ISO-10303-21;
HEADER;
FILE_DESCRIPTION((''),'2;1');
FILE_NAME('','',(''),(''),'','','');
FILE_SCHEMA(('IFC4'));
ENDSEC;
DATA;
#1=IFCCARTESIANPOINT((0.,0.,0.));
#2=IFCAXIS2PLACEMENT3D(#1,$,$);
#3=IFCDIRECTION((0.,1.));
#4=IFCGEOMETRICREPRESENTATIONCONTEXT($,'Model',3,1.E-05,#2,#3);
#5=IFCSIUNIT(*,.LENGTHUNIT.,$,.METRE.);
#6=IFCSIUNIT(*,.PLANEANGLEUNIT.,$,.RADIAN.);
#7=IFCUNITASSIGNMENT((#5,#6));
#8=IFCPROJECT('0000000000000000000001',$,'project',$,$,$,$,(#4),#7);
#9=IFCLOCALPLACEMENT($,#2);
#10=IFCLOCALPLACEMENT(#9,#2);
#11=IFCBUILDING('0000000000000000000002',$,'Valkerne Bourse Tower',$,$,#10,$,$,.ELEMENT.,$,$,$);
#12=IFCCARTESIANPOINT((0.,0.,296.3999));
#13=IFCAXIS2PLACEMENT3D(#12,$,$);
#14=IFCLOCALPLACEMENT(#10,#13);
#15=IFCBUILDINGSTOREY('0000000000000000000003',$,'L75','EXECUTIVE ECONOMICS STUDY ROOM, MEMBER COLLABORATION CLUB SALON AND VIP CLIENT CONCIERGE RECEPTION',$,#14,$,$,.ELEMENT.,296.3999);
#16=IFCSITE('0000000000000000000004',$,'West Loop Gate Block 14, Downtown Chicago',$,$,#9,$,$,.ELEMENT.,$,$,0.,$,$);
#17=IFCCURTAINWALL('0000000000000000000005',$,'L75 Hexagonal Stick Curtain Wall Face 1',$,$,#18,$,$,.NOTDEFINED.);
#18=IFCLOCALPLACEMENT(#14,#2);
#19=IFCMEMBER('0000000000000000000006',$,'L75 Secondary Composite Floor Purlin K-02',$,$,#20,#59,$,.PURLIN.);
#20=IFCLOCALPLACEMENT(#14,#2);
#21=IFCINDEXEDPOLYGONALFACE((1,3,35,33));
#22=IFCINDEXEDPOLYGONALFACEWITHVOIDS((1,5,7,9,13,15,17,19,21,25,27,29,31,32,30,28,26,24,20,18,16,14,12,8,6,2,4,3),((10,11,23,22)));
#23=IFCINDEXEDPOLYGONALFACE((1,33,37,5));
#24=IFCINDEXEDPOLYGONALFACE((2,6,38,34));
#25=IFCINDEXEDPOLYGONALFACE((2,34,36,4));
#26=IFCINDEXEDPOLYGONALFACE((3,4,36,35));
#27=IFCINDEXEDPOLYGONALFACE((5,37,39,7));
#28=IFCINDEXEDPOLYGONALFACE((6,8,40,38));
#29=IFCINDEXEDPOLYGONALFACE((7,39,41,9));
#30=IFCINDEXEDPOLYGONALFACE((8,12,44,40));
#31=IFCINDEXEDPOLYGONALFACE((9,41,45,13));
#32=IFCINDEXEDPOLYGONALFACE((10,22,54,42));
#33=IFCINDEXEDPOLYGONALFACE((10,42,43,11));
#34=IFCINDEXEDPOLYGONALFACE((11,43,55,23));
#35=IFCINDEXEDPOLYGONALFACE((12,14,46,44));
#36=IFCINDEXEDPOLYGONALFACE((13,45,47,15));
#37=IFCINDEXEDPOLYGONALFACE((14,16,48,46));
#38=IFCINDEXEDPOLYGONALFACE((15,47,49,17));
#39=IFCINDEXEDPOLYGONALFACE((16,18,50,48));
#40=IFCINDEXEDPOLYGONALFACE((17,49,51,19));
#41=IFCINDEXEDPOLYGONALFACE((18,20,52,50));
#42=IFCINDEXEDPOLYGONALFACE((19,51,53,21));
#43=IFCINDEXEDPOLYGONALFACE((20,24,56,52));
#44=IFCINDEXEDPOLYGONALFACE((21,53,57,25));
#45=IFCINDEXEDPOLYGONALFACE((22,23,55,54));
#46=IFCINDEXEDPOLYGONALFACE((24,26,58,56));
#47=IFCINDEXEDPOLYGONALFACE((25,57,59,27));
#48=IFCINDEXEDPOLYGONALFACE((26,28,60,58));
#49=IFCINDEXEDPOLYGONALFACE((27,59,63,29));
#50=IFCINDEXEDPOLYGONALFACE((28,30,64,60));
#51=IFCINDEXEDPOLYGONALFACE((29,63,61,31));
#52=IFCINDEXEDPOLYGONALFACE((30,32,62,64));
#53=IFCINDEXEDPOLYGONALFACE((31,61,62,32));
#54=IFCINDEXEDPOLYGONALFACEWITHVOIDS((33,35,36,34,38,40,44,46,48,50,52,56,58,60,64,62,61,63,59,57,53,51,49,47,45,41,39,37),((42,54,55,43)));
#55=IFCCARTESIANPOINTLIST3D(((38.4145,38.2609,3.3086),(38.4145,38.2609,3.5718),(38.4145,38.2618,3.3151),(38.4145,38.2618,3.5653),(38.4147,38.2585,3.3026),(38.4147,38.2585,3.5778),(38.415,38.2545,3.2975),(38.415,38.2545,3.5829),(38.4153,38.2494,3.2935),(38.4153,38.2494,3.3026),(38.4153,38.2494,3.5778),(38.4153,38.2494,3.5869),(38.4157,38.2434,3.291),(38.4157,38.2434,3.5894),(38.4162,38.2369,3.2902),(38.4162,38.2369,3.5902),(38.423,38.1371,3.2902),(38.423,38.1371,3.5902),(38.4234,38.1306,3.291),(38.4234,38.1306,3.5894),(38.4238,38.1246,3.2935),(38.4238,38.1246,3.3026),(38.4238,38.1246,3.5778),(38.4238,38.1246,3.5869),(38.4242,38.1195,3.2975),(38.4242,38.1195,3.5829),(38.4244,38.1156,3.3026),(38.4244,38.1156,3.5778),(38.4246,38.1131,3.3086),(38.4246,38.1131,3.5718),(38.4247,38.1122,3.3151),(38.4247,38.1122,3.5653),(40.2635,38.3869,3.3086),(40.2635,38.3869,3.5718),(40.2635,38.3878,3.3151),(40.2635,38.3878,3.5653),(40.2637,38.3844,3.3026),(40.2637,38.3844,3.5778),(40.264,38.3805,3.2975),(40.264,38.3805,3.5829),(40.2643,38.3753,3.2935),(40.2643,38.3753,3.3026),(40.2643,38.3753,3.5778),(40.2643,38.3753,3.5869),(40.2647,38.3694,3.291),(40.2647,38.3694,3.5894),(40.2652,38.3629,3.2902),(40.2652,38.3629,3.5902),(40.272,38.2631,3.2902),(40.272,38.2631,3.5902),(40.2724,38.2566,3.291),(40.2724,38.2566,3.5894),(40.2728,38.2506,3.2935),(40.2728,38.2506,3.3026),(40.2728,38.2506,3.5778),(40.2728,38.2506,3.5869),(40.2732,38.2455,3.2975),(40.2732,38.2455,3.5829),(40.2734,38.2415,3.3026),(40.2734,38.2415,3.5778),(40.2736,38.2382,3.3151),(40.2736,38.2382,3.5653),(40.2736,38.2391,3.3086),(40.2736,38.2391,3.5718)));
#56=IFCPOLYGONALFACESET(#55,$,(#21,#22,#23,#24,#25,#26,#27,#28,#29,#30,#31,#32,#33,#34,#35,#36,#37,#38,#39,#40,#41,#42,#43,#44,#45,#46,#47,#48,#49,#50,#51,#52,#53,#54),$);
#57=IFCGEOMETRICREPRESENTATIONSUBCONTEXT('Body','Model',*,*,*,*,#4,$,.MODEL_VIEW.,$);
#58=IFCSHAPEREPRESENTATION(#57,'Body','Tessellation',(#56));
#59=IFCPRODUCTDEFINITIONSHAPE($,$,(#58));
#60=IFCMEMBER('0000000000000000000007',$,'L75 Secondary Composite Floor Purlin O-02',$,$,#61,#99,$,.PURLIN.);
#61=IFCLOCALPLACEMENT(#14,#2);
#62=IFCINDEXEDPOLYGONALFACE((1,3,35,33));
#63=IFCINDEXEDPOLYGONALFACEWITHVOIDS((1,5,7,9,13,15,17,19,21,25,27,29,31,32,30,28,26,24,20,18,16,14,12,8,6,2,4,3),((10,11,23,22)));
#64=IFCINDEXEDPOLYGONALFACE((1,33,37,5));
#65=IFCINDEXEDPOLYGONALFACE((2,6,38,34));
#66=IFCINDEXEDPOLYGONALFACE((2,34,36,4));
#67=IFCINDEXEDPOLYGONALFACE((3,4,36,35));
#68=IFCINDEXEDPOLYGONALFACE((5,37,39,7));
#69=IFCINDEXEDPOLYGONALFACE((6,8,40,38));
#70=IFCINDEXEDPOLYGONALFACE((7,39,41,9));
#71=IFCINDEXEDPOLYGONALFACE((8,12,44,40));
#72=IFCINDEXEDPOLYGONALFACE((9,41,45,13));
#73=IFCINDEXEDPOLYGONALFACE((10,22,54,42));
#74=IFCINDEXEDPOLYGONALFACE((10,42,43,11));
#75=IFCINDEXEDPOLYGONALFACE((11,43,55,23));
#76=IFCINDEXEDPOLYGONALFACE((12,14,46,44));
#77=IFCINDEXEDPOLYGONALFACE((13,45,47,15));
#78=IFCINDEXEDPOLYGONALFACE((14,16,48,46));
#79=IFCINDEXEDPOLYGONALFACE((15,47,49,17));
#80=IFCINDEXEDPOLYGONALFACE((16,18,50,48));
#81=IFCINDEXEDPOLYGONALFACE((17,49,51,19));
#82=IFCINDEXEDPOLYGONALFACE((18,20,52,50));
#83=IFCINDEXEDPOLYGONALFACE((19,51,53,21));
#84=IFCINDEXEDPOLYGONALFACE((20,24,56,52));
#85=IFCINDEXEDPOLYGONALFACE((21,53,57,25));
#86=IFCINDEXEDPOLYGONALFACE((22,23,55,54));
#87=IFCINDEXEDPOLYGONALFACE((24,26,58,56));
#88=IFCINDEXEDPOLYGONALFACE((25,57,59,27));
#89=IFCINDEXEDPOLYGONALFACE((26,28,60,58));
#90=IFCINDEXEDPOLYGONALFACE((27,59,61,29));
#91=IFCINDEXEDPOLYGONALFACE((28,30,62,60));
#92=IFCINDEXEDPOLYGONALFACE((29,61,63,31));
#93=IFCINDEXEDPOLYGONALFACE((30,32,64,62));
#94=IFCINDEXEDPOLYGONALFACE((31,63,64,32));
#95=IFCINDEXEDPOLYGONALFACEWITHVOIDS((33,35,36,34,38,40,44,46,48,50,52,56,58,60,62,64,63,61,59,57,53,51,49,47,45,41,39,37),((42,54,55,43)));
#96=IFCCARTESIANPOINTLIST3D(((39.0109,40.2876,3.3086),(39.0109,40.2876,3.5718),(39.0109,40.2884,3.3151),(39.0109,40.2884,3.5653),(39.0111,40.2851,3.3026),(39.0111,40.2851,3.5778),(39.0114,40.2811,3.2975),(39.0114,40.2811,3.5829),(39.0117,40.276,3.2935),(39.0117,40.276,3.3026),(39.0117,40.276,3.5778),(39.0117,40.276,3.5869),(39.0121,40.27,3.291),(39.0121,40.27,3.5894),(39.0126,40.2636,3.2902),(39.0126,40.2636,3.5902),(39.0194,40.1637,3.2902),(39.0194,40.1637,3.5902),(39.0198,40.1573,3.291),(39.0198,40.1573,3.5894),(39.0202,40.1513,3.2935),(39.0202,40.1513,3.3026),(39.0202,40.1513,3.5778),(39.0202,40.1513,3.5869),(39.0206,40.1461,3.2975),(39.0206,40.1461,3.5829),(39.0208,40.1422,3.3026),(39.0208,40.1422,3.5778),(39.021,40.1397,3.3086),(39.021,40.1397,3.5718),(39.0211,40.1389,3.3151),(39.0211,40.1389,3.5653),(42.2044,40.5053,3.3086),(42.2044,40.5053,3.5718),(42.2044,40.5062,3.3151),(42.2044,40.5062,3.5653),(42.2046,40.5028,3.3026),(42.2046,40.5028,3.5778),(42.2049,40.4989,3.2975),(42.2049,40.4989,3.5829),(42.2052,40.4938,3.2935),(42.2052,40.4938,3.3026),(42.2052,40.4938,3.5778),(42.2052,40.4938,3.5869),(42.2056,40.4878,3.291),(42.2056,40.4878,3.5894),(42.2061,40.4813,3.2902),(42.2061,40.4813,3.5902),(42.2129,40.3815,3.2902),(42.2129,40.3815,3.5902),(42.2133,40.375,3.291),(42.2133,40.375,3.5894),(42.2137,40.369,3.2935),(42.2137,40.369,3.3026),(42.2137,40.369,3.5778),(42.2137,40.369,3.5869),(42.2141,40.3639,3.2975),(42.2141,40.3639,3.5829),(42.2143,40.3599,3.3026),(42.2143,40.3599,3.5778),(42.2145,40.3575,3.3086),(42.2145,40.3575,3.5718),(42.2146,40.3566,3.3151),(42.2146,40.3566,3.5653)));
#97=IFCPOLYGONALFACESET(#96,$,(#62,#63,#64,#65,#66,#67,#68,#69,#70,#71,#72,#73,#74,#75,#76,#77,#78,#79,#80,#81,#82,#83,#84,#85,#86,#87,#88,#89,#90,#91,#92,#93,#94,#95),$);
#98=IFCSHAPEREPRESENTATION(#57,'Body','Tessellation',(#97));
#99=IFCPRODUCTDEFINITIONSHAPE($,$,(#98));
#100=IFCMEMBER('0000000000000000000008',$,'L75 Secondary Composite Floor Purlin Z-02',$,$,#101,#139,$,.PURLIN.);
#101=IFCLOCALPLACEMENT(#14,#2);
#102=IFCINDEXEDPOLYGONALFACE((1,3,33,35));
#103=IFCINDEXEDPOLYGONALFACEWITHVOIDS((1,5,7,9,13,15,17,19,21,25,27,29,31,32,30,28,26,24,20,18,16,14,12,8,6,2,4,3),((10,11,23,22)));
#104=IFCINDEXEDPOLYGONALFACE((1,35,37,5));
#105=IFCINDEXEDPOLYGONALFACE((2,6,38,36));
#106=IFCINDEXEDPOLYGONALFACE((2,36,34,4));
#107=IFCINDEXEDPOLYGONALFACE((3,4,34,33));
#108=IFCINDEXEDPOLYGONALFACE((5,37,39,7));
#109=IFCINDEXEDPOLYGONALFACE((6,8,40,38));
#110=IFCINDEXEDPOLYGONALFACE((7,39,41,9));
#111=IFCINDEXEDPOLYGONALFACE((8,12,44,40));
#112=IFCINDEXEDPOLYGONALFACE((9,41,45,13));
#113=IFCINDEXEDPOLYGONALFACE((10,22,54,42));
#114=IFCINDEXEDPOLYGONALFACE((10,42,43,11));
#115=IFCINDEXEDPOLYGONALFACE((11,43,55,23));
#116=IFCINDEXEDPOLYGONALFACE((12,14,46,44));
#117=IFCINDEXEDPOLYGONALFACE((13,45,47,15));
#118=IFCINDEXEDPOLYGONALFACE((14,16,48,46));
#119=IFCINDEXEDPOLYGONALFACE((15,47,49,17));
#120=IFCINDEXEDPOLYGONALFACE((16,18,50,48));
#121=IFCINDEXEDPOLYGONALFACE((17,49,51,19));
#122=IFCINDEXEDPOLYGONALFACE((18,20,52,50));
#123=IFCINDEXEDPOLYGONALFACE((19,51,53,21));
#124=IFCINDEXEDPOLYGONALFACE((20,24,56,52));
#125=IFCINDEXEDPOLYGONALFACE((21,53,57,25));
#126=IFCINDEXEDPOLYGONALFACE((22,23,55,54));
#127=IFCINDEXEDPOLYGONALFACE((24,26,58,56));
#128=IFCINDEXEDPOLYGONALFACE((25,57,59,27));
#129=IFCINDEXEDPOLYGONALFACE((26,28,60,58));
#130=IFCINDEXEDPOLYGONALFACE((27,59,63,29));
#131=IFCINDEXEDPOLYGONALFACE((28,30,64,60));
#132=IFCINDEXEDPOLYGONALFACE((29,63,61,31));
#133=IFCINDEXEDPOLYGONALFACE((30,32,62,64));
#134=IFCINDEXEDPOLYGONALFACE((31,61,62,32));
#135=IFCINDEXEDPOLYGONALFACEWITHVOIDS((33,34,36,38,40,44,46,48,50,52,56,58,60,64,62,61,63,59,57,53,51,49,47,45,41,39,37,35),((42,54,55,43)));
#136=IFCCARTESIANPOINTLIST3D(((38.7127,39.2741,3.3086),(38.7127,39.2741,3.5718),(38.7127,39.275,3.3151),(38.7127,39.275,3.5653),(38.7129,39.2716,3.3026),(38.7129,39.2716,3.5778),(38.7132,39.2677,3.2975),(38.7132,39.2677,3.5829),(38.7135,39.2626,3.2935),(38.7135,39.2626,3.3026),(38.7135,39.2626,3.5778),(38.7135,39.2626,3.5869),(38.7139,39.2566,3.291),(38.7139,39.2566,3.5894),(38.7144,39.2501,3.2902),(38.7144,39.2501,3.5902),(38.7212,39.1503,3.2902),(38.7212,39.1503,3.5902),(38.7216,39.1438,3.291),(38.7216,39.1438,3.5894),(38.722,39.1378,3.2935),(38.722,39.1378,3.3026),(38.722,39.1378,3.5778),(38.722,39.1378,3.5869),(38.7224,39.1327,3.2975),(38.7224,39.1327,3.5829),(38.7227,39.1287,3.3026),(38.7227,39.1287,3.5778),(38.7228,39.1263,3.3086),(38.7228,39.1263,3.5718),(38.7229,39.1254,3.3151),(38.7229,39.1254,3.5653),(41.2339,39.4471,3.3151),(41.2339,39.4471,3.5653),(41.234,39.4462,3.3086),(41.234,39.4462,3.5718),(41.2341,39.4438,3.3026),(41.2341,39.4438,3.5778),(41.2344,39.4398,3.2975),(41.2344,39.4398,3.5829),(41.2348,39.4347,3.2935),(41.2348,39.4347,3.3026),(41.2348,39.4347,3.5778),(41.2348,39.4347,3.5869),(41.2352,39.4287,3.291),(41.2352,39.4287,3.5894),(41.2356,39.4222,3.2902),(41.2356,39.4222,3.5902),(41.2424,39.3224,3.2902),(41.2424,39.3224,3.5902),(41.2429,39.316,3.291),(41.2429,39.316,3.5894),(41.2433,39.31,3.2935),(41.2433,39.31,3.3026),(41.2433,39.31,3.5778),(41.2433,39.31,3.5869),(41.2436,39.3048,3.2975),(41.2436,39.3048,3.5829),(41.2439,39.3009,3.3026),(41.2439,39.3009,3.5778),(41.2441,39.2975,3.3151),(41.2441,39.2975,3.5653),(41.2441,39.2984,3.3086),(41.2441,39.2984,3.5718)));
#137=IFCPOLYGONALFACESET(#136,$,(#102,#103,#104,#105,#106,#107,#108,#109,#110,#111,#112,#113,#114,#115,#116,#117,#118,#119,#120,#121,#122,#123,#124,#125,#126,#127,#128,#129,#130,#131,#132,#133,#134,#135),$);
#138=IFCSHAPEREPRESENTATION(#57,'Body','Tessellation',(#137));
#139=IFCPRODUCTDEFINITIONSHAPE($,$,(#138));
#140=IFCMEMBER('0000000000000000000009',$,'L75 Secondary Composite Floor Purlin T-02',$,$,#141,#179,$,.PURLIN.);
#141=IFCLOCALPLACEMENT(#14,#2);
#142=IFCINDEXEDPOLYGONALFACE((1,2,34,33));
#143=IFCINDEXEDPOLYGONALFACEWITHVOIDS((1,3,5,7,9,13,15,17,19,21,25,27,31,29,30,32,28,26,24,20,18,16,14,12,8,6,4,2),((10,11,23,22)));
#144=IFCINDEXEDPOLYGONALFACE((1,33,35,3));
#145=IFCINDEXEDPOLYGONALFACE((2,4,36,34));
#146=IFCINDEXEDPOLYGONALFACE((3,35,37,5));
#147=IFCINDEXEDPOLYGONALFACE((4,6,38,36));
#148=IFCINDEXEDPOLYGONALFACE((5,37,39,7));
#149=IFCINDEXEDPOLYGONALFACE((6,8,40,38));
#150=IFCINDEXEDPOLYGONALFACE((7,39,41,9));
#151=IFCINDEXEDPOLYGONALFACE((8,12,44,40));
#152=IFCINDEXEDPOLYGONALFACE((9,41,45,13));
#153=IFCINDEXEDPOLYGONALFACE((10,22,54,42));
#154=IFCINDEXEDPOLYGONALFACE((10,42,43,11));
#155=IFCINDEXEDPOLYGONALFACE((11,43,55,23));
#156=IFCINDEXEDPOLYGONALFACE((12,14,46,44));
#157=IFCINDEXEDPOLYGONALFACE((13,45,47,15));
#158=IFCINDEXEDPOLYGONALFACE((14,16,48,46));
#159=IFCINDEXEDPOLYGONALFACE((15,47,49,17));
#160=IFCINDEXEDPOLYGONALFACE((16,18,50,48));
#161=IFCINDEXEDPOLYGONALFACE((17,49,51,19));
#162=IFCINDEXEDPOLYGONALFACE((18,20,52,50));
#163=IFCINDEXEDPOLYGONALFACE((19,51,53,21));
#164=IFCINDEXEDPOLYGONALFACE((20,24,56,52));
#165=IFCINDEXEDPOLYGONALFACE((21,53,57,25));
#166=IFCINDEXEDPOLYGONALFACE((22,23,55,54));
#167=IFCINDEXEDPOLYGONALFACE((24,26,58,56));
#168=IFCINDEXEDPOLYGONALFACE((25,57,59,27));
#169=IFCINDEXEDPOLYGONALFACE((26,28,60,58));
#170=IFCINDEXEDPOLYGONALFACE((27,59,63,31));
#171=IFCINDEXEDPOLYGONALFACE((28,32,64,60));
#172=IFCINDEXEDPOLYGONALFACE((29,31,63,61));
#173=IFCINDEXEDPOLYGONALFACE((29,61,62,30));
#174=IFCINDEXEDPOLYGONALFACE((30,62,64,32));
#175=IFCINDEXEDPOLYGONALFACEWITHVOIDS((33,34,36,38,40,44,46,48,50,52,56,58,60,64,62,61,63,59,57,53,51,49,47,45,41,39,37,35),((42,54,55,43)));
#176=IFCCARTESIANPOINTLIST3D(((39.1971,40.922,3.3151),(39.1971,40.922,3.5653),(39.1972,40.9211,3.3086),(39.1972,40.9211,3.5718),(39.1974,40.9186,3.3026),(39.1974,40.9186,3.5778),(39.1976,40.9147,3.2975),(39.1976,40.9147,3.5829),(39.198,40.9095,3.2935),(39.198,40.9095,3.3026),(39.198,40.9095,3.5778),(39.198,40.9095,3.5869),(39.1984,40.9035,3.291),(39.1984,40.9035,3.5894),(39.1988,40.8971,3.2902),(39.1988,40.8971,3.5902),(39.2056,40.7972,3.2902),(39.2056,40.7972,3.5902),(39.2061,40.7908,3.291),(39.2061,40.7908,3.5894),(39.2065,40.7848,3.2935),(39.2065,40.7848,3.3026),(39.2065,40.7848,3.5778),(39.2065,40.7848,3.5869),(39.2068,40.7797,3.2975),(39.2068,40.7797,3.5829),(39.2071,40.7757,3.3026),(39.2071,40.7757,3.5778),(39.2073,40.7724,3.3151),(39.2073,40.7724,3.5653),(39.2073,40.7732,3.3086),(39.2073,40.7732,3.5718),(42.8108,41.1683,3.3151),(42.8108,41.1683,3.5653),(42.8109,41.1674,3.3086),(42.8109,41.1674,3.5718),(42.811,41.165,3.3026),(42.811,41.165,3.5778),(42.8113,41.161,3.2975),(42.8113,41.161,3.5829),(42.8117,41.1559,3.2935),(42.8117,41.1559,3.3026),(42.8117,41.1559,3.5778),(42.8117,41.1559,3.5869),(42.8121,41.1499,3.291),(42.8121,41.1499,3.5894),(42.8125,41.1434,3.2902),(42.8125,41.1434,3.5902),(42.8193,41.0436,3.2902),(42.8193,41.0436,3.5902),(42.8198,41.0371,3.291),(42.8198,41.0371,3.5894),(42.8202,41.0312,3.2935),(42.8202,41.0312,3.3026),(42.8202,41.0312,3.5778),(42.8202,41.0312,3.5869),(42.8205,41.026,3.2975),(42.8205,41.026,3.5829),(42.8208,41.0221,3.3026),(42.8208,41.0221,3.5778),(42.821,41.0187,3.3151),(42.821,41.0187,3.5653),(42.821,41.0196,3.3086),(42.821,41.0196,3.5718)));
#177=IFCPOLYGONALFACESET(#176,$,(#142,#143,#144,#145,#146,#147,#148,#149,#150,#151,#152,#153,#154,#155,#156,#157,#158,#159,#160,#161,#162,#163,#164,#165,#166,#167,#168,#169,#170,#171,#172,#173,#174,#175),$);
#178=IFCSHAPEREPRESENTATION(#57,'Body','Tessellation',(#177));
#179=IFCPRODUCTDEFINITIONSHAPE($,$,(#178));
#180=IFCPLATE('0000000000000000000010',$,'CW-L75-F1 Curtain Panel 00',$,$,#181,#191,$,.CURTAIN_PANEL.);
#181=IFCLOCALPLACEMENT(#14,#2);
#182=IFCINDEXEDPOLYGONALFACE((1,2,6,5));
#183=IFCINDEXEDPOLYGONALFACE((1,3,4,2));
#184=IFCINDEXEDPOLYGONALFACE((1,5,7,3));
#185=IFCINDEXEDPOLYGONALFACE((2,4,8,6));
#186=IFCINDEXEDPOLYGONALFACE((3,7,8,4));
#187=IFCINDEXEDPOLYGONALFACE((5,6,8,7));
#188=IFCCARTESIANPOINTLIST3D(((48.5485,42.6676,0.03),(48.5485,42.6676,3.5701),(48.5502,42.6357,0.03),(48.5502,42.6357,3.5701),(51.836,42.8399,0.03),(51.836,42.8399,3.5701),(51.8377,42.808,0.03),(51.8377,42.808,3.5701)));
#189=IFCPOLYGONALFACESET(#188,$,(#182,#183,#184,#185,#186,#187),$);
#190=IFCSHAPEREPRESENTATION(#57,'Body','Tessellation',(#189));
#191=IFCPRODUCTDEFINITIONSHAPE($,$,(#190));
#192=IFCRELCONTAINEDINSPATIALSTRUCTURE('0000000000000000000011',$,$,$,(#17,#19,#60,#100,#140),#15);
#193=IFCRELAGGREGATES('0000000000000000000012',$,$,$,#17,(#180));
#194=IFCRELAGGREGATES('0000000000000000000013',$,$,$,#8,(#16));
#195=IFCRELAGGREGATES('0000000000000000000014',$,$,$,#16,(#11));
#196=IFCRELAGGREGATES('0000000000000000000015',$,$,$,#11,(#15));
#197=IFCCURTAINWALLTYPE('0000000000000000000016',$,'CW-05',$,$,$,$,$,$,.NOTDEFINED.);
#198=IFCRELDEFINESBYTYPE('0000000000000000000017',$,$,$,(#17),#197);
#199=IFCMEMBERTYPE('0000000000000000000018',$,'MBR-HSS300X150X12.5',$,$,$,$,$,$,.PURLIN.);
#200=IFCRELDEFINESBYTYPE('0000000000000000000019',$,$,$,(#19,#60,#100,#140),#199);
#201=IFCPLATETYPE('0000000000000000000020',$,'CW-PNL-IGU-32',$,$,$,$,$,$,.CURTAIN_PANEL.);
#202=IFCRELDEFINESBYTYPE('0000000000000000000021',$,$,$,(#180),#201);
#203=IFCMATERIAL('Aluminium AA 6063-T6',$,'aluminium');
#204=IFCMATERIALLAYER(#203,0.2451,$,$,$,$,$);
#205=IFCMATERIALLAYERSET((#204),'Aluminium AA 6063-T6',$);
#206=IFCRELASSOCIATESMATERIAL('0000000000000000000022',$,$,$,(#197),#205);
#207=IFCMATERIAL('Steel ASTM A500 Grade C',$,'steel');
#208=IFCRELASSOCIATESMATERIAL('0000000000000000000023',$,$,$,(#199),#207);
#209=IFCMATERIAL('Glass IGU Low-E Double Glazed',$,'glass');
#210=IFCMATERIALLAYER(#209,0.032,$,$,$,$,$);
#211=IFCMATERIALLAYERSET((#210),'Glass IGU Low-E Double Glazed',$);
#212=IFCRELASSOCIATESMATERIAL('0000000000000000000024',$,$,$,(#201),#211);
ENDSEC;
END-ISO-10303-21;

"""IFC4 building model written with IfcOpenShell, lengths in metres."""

from ifc_helpers import new_model, si_unit, direction, frame, origin, origin_2d, place, context, subcontext, project, spatial, rectangle, hollow_rectangle, extrude, material, layer, layer_set, material_profile, profile_set, type_object, element, aggregate, save


model = new_model("IFC4")

# Units and contexts
model_context = context("Model", 3, precision=1e-05, world=origin(), true_north=direction((0.0, 1.0)))
body_context = subcontext(model_context, "Body", "Model", "MODEL_VIEW")
ifc_project = project(units=[si_unit("LENGTHUNIT", "METRE"), si_unit("PLANEANGLEUNIT", "RADIAN")], contexts=[model_context])

# Site, building, storey
site_placement = place(None, origin())
site = spatial("IfcSite", under=ifc_project, at=site_placement, Name="West Loop Gate Block 14, Downtown Chicago", CompositionType="ELEMENT", RefElevation=0.0)
building_placement = place(site_placement, origin())
building = spatial("IfcBuilding", under=site, at=building_placement, Name="Valkerne Bourse Tower", CompositionType="ELEMENT")
storey_placement = place(building_placement, frame((0.0, 0.0, 296.3999)))
storey = spatial("IfcBuildingStorey", under=building, at=storey_placement, Name="L75", Description="EXECUTIVE ECONOMICS STUDY ROOM, MEMBER COLLABORATION CLUB SALON AND VIP CLIENT CONCIERGE RECEPTION", CompositionType="ELEMENT", Elevation=296.3999)

# Curtain wall
ifc_material_1 = material(Name="Aluminium AA 6063-T6", Category="aluminium")
ifc_layer_1 = layer(ifc_material_1, 0.2451)
ifc_layer_set_1 = layer_set([ifc_layer_1], Name="Aluminium AA 6063-T6")
curtain_wall_type = type_object("IfcCurtainWallType", Name="CW-05", PredefinedType="NOTDEFINED", material=ifc_layer_set_1)
curtain_wall_placement = place(storey_placement, origin())
curtain_wall = element("IfcCurtainWall", 1, at=curtain_wall_placement, inside=storey, type_object=curtain_wall_type, Name="L75 Hexagonal Stick Curtain Wall Face 1", PredefinedType="NOTDEFINED")

# Members
ifc_material_2 = material(Name="Steel ASTM A500 Grade C", Category="steel")
ifc_material_profile_1 = material_profile(ifc_material_2, hollow_rectangle(XDim=0.1499, YDim=0.3, WallThickness=0.0125, OuterFilletRadius=0.0249, at=origin_2d()), Name="HSS300X150X12.5")
ifc_profile_set_1 = profile_set([ifc_material_profile_1], Name="Steel ASTM A500 Grade C")
member_type_1 = type_object("IfcMemberType", Name="MBR-HSS300X150X12.5", PredefinedType="PURLIN", material=ifc_profile_set_1)
member_1_placement = place(storey_placement, frame((40.2686, 38.313, 3.4402), z_axis=(-0.997687, -0.067979, 0.0), x_axis=(0.067979, -0.997687, 0.0)))
element("IfcMember", 2, at=member_1_placement, inside=storey, type_object=member_type_1, Name="L75 Secondary Composite Floor Purlin K-02", PredefinedType="PURLIN", context=body_context, shape_type="SweptSolid", body=[
    extrude(hollow_rectangle(XDim=0.1499, YDim=0.3, WallThickness=0.0125, OuterFilletRadius=0.0249, at=origin_2d()), origin(), (0.0, 0.0, 1.0), 1.8533),
])
member_2_placement = place(storey_placement, frame((42.2095, 40.4314, 3.4402), z_axis=(-0.997683, -0.068033, 0.0), x_axis=(0.068033, -0.997683, 0.0)))
element("IfcMember", 3, at=member_2_placement, inside=storey, type_object=member_type_1, Name="L75 Secondary Composite Floor Purlin O-02", PredefinedType="PURLIN", context=body_context, shape_type="SweptSolid", body=[
    extrude(hollow_rectangle(XDim=0.1499, YDim=0.3, WallThickness=0.0125, OuterFilletRadius=0.0249, at=origin_2d()), origin(), (0.0, 0.0, 1.0), 3.2009),
])
member_3_placement = place(storey_placement, frame((41.239, 39.3723, 3.4402), z_axis=(-0.997678, -0.068109, 0.0), x_axis=(0.068109, -0.997678, 0.0)))
element("IfcMember", 4, at=member_3_placement, inside=storey, type_object=member_type_1, Name="L75 Secondary Composite Floor Purlin Z-02", PredefinedType="PURLIN", context=body_context, shape_type="SweptSolid", body=[
    extrude(hollow_rectangle(XDim=0.1499, YDim=0.3, WallThickness=0.0125, OuterFilletRadius=0.0249, at=origin_2d()), origin(), (0.0, 0.0, 1.0), 2.5271),
])
member_4_placement = place(storey_placement, frame((42.8159, 41.0935, 3.4402), z_axis=(-0.997685, -0.068009, 0.0), x_axis=(0.068009, -0.997685, 0.0)))
element("IfcMember", 5, at=member_4_placement, inside=storey, type_object=member_type_1, Name="L75 Secondary Composite Floor Purlin T-02", PredefinedType="PURLIN", context=body_context, shape_type="SweptSolid", body=[
    extrude(hollow_rectangle(XDim=0.1499, YDim=0.3, WallThickness=0.0125, OuterFilletRadius=0.0249, at=origin_2d()), origin(), (0.0, 0.0, 1.0), 3.6221),
])

# Plate
ifc_material_3 = material(Name="Glass IGU Low-E Double Glazed", Category="glass")
ifc_layer_2 = layer(ifc_material_3, 0.032)
ifc_layer_set_2 = layer_set([ifc_layer_2], Name="Glass IGU Low-E Double Glazed")
plate_type = type_object("IfcPlateType", Name="CW-PNL-IGU-32", PredefinedType="CURTAIN_PANEL", material=ifc_layer_set_2)
plate_1_placement = place(storey_placement, frame((50.1931, 42.7378, 0.03), z_axis=(0.0, 0.0, 1.0), x_axis=(-0.998629, -0.052351, 0.0)))
plate_1 = element("IfcPlate", 6, at=plate_1_placement, type_object=plate_type, Name="CW-L75-F1 Curtain Panel 00", PredefinedType="CURTAIN_PANEL", context=body_context, shape_type="SweptSolid", body=[
    extrude(rectangle(XDim=3.292, YDim=0.032, at=origin_2d()), origin(), (0.0, 0.0, 1.0), 3.54),
])
aggregate(curtain_wall, [plate_1])

save(model, "model.ifc")
